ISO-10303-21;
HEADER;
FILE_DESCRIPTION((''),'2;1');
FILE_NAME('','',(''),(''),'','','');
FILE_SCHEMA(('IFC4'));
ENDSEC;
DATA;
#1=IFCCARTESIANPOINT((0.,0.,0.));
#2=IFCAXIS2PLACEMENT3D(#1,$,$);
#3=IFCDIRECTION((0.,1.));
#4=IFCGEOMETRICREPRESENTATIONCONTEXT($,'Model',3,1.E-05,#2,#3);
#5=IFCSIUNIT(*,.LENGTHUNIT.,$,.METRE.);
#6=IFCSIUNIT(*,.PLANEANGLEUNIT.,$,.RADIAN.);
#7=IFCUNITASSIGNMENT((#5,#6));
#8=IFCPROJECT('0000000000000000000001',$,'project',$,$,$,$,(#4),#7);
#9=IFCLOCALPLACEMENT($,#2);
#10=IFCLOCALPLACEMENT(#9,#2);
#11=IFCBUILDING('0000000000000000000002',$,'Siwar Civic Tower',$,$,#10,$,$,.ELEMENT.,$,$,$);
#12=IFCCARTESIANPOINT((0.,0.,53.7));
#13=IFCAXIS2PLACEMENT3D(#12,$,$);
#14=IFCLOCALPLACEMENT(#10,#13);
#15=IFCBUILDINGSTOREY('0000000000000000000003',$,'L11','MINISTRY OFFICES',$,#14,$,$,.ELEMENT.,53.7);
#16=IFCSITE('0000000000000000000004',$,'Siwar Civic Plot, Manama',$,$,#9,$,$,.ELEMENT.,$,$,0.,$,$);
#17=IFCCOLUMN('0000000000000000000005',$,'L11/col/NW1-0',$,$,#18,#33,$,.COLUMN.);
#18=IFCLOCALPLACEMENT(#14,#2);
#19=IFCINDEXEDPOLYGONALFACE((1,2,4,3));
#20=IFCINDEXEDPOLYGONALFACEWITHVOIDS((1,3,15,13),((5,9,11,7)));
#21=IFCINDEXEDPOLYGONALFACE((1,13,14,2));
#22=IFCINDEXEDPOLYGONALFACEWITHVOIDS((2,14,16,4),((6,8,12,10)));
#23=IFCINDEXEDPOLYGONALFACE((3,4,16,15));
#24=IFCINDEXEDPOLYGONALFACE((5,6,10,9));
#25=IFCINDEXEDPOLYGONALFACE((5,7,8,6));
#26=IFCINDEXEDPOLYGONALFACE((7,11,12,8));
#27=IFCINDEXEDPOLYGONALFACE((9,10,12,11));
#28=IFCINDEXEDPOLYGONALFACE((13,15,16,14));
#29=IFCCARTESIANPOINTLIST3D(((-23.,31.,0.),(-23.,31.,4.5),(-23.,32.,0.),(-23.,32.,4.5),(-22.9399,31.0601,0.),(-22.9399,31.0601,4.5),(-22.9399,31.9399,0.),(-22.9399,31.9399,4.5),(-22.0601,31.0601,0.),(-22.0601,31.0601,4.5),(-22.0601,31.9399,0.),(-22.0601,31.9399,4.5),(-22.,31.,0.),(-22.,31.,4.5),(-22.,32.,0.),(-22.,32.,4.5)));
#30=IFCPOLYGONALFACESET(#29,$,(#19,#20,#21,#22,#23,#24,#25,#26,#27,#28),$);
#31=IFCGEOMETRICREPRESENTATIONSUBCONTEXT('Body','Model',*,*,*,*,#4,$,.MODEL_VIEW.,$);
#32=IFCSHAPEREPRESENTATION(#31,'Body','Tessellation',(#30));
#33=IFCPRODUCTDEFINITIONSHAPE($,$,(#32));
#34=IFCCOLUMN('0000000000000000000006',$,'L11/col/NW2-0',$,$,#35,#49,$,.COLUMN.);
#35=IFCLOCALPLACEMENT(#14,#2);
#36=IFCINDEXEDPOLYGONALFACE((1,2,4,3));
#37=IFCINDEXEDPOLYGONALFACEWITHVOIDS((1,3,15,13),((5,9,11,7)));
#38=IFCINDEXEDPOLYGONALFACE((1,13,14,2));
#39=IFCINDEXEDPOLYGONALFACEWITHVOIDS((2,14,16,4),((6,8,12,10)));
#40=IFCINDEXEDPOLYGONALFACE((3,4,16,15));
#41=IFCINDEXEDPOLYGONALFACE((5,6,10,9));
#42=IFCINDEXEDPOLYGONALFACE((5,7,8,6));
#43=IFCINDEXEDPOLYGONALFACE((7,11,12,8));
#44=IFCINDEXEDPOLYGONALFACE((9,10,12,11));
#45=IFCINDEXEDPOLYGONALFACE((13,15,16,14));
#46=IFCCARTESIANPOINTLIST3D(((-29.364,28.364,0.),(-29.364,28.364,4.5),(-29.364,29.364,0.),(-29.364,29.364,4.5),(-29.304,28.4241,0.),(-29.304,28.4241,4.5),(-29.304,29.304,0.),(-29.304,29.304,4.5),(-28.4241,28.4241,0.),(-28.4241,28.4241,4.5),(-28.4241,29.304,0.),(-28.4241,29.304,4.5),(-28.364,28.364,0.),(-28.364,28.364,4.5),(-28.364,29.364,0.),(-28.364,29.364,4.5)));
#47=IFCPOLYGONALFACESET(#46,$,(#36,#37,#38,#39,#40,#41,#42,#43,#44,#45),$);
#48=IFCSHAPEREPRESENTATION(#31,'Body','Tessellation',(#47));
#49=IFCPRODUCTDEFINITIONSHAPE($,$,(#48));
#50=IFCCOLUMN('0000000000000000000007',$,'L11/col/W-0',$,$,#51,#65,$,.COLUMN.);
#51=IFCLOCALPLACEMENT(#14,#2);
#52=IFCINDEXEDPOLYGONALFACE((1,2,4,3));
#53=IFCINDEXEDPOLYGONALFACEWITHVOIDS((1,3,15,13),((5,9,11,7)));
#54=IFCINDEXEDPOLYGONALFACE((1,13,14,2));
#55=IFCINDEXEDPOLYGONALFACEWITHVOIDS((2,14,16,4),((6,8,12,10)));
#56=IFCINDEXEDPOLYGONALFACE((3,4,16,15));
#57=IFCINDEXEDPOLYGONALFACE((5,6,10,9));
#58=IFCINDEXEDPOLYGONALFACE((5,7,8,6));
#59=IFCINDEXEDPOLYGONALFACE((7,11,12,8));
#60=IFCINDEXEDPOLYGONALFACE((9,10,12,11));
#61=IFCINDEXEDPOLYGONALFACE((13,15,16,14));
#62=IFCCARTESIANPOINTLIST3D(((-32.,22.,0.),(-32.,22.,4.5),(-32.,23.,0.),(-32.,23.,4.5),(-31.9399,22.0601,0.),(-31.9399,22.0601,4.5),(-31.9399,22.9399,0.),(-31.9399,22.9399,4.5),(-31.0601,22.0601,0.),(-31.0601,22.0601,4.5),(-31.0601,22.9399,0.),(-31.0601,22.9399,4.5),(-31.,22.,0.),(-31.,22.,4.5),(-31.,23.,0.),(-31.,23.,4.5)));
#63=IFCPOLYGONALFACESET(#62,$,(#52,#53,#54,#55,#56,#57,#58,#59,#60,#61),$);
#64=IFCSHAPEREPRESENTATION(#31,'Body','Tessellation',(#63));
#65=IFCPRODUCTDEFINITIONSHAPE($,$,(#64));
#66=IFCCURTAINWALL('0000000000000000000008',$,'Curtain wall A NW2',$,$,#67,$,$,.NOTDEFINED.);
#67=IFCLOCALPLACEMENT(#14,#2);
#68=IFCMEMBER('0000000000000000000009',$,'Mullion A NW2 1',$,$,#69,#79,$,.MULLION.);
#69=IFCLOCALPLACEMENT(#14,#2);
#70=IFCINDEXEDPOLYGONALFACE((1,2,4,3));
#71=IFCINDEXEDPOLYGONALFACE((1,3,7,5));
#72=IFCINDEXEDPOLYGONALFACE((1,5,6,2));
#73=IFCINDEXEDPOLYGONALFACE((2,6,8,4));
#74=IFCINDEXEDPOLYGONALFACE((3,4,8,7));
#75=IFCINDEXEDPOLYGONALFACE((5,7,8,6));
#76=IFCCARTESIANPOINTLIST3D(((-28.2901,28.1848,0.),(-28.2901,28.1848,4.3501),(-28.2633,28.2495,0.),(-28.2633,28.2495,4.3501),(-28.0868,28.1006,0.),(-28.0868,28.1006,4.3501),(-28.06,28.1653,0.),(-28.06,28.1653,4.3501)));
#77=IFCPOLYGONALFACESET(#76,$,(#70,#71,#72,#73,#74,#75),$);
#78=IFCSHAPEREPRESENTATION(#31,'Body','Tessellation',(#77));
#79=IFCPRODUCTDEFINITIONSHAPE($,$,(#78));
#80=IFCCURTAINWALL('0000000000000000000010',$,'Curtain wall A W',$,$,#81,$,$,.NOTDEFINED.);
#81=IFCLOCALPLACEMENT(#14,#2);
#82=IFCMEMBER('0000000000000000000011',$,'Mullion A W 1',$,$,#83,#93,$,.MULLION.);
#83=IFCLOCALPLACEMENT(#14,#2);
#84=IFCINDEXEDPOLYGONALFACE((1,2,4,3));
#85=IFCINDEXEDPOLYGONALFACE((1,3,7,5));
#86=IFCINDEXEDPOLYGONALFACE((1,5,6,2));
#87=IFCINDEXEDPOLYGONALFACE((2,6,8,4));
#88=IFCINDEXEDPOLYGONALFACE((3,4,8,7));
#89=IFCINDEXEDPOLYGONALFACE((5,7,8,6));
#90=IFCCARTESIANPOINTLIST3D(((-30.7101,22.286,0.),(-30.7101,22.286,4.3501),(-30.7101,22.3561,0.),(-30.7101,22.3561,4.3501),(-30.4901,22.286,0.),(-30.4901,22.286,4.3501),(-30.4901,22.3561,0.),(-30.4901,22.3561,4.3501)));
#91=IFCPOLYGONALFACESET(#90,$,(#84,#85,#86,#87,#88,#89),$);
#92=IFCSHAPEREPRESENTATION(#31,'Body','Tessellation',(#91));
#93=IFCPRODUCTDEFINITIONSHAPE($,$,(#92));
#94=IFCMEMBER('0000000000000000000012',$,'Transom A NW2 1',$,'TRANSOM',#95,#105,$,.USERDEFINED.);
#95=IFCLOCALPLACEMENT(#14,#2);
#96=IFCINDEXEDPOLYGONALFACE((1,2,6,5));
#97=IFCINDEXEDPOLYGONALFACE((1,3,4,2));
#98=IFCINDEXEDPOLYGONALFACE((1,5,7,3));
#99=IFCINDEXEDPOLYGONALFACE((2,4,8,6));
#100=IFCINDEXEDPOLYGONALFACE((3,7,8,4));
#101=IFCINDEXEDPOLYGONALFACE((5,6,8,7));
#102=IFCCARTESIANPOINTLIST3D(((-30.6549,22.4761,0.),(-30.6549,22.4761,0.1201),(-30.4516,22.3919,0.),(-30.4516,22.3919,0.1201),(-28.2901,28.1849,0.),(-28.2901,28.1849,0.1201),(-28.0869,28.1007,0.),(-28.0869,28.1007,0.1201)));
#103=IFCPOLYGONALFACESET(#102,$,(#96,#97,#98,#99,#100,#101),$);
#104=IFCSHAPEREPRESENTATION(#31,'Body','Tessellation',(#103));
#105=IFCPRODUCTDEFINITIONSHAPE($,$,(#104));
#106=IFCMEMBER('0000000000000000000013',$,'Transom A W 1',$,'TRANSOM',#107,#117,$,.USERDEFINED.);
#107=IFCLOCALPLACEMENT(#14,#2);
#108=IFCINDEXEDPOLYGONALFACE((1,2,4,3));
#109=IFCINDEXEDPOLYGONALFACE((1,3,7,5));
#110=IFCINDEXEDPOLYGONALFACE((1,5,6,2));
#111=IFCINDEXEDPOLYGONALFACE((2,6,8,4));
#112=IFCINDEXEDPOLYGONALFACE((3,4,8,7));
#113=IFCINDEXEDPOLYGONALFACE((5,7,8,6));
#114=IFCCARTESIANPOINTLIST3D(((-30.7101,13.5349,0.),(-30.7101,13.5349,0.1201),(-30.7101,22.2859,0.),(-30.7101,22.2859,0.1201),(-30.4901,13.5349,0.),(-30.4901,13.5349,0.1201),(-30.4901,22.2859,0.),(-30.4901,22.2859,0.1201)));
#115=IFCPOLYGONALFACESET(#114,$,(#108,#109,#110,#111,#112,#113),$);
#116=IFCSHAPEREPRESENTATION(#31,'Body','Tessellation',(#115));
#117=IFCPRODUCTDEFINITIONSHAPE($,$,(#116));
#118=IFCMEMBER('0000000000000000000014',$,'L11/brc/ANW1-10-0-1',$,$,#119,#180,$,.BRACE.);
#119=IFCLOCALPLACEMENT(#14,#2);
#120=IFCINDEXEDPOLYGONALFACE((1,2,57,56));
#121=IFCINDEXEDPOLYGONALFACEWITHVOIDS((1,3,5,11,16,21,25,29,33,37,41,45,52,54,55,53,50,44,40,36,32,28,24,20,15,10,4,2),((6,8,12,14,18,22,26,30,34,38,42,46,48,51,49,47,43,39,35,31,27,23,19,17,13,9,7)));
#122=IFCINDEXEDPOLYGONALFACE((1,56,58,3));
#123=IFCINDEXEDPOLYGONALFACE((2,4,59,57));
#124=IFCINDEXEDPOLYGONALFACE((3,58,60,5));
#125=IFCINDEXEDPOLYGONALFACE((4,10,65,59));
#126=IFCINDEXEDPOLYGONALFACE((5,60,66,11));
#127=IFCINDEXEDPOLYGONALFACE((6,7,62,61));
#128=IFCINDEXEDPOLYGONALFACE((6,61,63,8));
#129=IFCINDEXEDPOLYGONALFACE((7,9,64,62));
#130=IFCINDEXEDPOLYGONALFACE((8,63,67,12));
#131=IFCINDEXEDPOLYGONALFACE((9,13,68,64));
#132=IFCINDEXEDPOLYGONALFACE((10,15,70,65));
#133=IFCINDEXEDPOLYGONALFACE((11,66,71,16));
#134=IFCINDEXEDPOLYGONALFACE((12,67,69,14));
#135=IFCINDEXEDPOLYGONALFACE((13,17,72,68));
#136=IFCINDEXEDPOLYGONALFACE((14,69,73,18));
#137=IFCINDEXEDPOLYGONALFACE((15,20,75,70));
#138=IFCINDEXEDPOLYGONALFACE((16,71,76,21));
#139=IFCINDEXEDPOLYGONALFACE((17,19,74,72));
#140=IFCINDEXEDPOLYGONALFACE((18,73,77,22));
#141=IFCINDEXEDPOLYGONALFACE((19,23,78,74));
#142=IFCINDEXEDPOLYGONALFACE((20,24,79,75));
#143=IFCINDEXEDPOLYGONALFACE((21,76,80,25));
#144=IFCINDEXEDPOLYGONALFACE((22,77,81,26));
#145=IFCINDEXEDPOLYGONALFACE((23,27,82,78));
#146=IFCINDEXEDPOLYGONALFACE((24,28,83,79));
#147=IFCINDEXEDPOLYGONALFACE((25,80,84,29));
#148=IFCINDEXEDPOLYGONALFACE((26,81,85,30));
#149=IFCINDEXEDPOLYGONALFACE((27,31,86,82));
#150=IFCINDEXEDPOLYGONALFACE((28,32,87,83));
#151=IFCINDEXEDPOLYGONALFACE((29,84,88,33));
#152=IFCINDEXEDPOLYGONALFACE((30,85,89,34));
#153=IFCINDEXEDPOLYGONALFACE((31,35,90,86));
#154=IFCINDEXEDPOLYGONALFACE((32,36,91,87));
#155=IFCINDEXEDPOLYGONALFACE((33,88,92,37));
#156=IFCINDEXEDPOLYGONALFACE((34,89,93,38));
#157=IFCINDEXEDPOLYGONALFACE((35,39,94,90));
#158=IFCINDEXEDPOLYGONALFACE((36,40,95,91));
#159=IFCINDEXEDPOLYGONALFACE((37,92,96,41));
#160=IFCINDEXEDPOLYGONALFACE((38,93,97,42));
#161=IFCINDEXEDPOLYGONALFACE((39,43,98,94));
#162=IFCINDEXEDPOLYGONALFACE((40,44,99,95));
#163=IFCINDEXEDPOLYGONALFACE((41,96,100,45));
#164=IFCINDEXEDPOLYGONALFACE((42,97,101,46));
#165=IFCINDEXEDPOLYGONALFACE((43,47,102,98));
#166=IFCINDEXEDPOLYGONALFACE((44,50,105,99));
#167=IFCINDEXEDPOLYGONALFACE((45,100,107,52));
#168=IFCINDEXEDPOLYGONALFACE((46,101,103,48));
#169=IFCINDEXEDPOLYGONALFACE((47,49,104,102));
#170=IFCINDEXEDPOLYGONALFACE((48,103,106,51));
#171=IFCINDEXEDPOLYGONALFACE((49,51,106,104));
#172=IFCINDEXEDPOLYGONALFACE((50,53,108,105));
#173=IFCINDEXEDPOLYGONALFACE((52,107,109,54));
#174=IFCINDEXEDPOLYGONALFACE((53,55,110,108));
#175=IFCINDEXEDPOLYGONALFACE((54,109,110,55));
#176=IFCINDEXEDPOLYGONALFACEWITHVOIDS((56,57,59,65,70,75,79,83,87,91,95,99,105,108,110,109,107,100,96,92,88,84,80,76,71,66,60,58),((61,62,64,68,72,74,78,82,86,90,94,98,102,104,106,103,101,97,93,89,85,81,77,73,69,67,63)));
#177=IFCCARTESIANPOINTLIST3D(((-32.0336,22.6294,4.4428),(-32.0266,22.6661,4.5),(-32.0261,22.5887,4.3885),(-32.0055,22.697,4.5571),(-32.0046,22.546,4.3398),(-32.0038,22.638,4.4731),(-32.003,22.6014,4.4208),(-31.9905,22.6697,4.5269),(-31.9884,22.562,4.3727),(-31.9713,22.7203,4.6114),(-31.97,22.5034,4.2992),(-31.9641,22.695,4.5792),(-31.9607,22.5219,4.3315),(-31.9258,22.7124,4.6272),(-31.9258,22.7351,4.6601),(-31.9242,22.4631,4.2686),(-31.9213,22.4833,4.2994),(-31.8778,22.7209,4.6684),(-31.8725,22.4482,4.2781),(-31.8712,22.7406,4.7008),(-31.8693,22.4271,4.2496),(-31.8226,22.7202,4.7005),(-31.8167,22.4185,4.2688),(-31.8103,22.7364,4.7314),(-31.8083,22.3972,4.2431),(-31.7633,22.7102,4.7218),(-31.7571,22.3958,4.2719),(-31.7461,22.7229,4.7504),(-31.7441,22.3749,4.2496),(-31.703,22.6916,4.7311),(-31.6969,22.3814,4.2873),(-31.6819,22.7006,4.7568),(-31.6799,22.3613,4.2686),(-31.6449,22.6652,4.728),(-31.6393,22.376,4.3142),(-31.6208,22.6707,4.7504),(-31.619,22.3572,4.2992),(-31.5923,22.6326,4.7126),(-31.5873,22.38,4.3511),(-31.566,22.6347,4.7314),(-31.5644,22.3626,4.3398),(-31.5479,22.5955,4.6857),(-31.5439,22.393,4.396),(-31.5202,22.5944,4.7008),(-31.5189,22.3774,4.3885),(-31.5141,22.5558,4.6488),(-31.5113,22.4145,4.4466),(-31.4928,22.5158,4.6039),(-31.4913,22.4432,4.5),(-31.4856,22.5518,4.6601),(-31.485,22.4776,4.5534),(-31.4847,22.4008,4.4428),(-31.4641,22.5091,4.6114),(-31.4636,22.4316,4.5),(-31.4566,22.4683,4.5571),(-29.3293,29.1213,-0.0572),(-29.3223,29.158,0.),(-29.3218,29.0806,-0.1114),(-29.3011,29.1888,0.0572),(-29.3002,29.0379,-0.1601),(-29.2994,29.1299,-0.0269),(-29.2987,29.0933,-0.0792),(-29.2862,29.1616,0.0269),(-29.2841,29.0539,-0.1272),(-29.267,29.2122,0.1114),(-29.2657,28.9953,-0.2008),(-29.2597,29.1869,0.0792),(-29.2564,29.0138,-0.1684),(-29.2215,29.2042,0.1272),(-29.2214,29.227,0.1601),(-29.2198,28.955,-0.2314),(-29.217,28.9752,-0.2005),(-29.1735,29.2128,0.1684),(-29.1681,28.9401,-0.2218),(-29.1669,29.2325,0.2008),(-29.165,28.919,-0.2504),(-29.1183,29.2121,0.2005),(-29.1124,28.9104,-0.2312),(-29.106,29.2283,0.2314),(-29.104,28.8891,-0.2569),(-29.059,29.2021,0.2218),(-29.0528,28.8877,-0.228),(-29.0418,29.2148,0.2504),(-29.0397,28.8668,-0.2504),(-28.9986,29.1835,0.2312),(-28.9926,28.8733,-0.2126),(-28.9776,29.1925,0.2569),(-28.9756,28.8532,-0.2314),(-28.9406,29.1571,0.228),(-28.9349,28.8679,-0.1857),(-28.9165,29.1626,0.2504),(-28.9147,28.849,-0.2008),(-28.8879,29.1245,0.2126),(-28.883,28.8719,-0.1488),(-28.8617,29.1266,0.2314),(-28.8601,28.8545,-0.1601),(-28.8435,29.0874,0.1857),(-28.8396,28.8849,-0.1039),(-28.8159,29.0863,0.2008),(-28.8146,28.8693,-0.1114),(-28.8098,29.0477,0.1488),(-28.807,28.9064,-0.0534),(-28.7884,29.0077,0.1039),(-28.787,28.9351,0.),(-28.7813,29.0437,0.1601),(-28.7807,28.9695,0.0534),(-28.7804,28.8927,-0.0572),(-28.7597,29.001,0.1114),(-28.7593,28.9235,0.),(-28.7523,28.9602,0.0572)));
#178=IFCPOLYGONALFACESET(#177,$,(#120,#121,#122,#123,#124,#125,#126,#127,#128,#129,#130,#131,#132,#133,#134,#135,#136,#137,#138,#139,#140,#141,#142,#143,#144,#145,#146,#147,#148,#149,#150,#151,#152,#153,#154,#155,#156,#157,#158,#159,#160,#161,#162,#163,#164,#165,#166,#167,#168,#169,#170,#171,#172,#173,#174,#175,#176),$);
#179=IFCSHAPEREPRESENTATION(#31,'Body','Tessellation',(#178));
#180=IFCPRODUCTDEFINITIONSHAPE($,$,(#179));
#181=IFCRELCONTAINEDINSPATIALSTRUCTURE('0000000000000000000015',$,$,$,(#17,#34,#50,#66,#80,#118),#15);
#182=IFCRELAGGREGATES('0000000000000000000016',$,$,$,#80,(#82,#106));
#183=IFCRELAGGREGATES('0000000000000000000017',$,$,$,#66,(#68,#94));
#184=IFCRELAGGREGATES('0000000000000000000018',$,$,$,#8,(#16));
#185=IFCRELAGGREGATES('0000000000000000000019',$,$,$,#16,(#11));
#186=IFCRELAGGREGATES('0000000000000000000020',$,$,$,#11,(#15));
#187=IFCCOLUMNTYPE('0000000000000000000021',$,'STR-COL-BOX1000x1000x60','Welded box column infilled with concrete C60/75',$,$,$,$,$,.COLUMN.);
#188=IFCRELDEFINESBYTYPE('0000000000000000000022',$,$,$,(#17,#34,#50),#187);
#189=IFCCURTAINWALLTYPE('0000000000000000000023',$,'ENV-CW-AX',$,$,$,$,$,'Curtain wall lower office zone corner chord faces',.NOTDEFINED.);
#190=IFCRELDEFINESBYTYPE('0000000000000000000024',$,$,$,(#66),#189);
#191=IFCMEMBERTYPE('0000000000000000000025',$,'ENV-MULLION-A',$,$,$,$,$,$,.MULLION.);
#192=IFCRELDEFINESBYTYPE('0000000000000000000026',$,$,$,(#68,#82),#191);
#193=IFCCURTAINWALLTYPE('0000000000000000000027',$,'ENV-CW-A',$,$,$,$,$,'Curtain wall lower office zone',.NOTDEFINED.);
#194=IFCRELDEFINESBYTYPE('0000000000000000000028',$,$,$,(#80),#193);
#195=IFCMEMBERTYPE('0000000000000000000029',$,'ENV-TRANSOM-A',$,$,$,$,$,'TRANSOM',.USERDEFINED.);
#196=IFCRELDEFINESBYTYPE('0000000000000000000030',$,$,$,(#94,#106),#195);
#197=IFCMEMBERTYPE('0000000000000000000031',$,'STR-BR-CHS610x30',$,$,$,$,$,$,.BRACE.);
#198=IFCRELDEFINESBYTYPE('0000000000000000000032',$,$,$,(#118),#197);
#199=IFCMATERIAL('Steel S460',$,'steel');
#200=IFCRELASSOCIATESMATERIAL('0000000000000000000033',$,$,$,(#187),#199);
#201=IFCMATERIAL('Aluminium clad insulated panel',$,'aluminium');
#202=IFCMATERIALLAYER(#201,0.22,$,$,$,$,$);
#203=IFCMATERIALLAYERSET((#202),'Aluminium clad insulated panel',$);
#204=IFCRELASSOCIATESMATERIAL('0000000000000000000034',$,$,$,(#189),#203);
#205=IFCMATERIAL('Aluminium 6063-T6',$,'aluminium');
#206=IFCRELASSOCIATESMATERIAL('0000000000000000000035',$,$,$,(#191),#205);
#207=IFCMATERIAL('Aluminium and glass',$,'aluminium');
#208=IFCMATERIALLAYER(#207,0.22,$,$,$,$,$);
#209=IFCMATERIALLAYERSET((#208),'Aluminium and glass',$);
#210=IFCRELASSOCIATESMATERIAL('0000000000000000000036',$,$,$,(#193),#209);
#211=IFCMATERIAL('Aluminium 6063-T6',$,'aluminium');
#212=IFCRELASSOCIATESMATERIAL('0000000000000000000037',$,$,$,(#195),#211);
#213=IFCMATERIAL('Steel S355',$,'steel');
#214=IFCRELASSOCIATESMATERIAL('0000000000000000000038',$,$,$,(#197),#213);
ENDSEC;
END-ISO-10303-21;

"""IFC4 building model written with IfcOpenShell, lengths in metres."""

from ifc_helpers import new_model, si_unit, direction, frame, origin, origin_2d, place, context, subcontext, project, spatial, rectangle, hollow_rectangle, hollow_circle, extrude, material, layer, layer_set, material_profile, profile_set, type_object, element, aggregate, save


model = new_model("IFC4")

# Units and contexts
model_context = context("Model", 3, precision=1e-05, world=origin(), true_north=direction((0.0, 1.0)))
body_context = subcontext(model_context, "Body", "Model", "MODEL_VIEW")
ifc_project = project(units=[si_unit("LENGTHUNIT", "METRE"), si_unit("PLANEANGLEUNIT", "RADIAN")], contexts=[model_context])

# Site, building, storey
site_placement = place(None, origin())
site = spatial("IfcSite", under=ifc_project, at=site_placement, Name="Siwar Civic Plot, Manama", CompositionType="ELEMENT", RefElevation=0.0)
building_placement = place(site_placement, origin())
building = spatial("IfcBuilding", under=site, at=building_placement, Name="Siwar Civic Tower", CompositionType="ELEMENT")
storey_placement = place(building_placement, frame((0.0, 0.0, 53.7)))
storey = spatial("IfcBuildingStorey", under=building, at=storey_placement, Name="L11", Description="MINISTRY OFFICES", CompositionType="ELEMENT", Elevation=53.7)

# Columns
ifc_material_1 = material(Name="Steel S460", Category="steel")
ifc_material_profile_1 = material_profile(ifc_material_1, hollow_rectangle(XDim=1.0, YDim=1.0, WallThickness=0.0601, at=origin_2d()), Name="BOX1000x1000x60")
ifc_profile_set_1 = profile_set([ifc_material_profile_1], Name="Steel S460")
column_type = type_object("IfcColumnType", Name="STR-COL-BOX1000x1000x60", Description="Welded box column infilled with concrete C60/75", PredefinedType="COLUMN", material=ifc_profile_set_1)
for number, where, z_axis, x_axis, name in (
    (1, (-22.5, 31.5, 0.0), (0.0, 0.0, 1.0), (1.0, 0.0, 0.0), "L11/col/NW1-0"),
    (2, (-28.864, 28.864, 0.0), (0.0, 0.0, 1.0), (1.0, 0.0, 0.0), "L11/col/NW2-0"),
    (3, (-31.5, 22.5, 0.0), (0.0, 0.0, 1.0), (1.0, 0.0, 0.0), "L11/col/W-0"),
):
    element("IfcColumn", number, at=place(storey_placement, frame(where, z_axis=z_axis, x_axis=x_axis)), inside=storey, type_object=column_type, Name=name, PredefinedType="COLUMN", context=body_context, shape_type="SweptSolid", body=[
        extrude(hollow_rectangle(XDim=1.0, YDim=1.0, WallThickness=0.0601, at=origin_2d()), origin(), (0.0, 0.0, 1.0), 4.5),
    ])

# Curtain walls, members
ifc_material_2 = material(Name="Aluminium clad insulated panel", Category="aluminium")
ifc_layer_1 = layer(ifc_material_2, 0.22)
ifc_layer_set_1 = layer_set([ifc_layer_1], Name="Aluminium clad insulated panel")
curtain_wall_type_1 = type_object("IfcCurtainWallType", Name="ENV-CW-AX", ElementType="Curtain wall lower office zone corner chord faces", PredefinedType="NOTDEFINED", material=ifc_layer_set_1)
curtain_wall_1_placement = place(storey_placement, origin())
curtain_wall_1 = element("IfcCurtainWall", 4, at=curtain_wall_1_placement, inside=storey, type_object=curtain_wall_type_1, Name="Curtain wall A NW2", PredefinedType="NOTDEFINED")
ifc_material_3 = material(Name="Aluminium 6063-T6", Category="aluminium")
ifc_material_profile_2 = material_profile(ifc_material_3, rectangle(XDim=0.22, YDim=0.0701, at=origin_2d()), Name="AL 220x70")
ifc_profile_set_2 = profile_set([ifc_material_profile_2], Name="Aluminium 6063-T6")
member_type_1 = type_object("IfcMemberType", Name="ENV-MULLION-A", PredefinedType="MULLION", material=ifc_profile_set_2)
member_1_placement = place(storey_placement, frame((-28.175, 28.175, 0.0), z_axis=(0.0, 0.0, 1.0), x_axis=(0.92388, -0.382683, 0.0)))
member_1 = element("IfcMember", 5, at=member_1_placement, type_object=member_type_1, Name="Mullion A NW2 1", PredefinedType="MULLION", context=body_context, shape_type="SweptSolid", body=[
    extrude(rectangle(XDim=0.22, YDim=0.0701, at=origin_2d()), origin(), (0.0, 0.0, 1.0), 4.3501),
])
ifc_material_4 = material(Name="Aluminium and glass", Category="aluminium")
ifc_layer_2 = layer(ifc_material_4, 0.22)
ifc_layer_set_2 = layer_set([ifc_layer_2], Name="Aluminium and glass")
curtain_wall_type_2 = type_object("IfcCurtainWallType", Name="ENV-CW-A", ElementType="Curtain wall lower office zone", PredefinedType="NOTDEFINED", material=ifc_layer_set_2)
curtain_wall_2_placement = place(storey_placement, origin())
curtain_wall_2 = element("IfcCurtainWall", 6, at=curtain_wall_2_placement, inside=storey, type_object=curtain_wall_type_2, Name="Curtain wall A W", PredefinedType="NOTDEFINED")
member_2_placement = place(storey_placement, frame((-30.6001, 22.321, 0.0), z_axis=(0.0, 0.0, 1.0), x_axis=(1.0, 0.0, 0.0)))
member_2 = element("IfcMember", 7, at=member_2_placement, type_object=member_type_1, Name="Mullion A W 1", PredefinedType="MULLION", context=body_context, shape_type="SweptSolid", body=[
    extrude(rectangle(XDim=0.22, YDim=0.0701, at=origin_2d()), origin(), (0.0, 0.0, 1.0), 4.3501),
])

# Members
ifc_material_5 = material(Name="Aluminium 6063-T6", Category="aluminium")
ifc_material_profile_3 = material_profile(ifc_material_5, rectangle(XDim=0.22, YDim=0.1201, at=origin_2d()), Name="AL 220x120")
ifc_profile_set_3 = profile_set([ifc_material_profile_3], Name="Aluminium 6063-T6")
member_type_2 = type_object("IfcMemberType", Name="ENV-TRANSOM-A", ElementType="TRANSOM", PredefinedType="USERDEFINED", material=ifc_profile_set_3)
member_3_placement = place(storey_placement, frame((-28.1885, 28.1428, 0.0601), z_axis=(-0.382698, -0.923873, 0.0), x_axis=(0.923873, -0.382698, 0.0)))
member_3 = element("IfcMember", 8, at=member_3_placement, type_object=member_type_2, Name="Transom A NW2 1", ObjectType="TRANSOM", PredefinedType="USERDEFINED", context=body_context, shape_type="SweptSolid", body=[
    extrude(rectangle(XDim=0.22, YDim=0.1201, at=origin_2d()), origin(), (0.0, 0.0, 1.0), 6.1792),
])
member_4_placement = place(storey_placement, frame((-30.6001, 22.2859, 0.0601), z_axis=(0.0, -1.0, 0.0), x_axis=(1.0, 0.0, 0.0)))
member_4 = element("IfcMember", 9, at=member_4_placement, type_object=member_type_2, Name="Transom A W 1", ObjectType="TRANSOM", PredefinedType="USERDEFINED", context=body_context, shape_type="SweptSolid", body=[
    extrude(rectangle(XDim=0.22, YDim=0.1201, at=origin_2d()), origin(), (0.0, 0.0, 1.0), 8.751),
])

# Member
ifc_material_6 = material(Name="Steel S355", Category="steel")
ifc_material_profile_4 = material_profile(ifc_material_6, hollow_circle(Radius=0.3049, WallThickness=0.03, at=origin_2d()), Name="CHS610x30")
ifc_profile_set_4 = profile_set([ifc_material_profile_4], Name="Steel S355")
member_type_3 = type_object("IfcMemberType", Name="STR-BR-CHS610x30", PredefinedType="BRACE", material=ifc_profile_set_4)
member_5_placement = place(storey_placement, frame((-29.0408, 29.0408, 0.0), z_axis=(-0.323906, -0.777555, 0.538975), x_axis=(0.923109, -0.384539, 0.0)))
element("IfcMember", 10, at=member_5_placement, inside=storey, type_object=member_type_3, Name="L11/brc/ANW1-10-0-1", PredefinedType="BRACE", context=body_context, shape_type="SweptSolid", body=[
    extrude(hollow_circle(Radius=0.3049, WallThickness=0.03, at=origin_2d()), origin(), (0.0, 0.0, 1.0), 8.3491),
])

aggregate(curtain_wall_2, [member_2, member_4])

aggregate(curtain_wall_1, [member_1, member_3])

save(model, "model.ifc")
